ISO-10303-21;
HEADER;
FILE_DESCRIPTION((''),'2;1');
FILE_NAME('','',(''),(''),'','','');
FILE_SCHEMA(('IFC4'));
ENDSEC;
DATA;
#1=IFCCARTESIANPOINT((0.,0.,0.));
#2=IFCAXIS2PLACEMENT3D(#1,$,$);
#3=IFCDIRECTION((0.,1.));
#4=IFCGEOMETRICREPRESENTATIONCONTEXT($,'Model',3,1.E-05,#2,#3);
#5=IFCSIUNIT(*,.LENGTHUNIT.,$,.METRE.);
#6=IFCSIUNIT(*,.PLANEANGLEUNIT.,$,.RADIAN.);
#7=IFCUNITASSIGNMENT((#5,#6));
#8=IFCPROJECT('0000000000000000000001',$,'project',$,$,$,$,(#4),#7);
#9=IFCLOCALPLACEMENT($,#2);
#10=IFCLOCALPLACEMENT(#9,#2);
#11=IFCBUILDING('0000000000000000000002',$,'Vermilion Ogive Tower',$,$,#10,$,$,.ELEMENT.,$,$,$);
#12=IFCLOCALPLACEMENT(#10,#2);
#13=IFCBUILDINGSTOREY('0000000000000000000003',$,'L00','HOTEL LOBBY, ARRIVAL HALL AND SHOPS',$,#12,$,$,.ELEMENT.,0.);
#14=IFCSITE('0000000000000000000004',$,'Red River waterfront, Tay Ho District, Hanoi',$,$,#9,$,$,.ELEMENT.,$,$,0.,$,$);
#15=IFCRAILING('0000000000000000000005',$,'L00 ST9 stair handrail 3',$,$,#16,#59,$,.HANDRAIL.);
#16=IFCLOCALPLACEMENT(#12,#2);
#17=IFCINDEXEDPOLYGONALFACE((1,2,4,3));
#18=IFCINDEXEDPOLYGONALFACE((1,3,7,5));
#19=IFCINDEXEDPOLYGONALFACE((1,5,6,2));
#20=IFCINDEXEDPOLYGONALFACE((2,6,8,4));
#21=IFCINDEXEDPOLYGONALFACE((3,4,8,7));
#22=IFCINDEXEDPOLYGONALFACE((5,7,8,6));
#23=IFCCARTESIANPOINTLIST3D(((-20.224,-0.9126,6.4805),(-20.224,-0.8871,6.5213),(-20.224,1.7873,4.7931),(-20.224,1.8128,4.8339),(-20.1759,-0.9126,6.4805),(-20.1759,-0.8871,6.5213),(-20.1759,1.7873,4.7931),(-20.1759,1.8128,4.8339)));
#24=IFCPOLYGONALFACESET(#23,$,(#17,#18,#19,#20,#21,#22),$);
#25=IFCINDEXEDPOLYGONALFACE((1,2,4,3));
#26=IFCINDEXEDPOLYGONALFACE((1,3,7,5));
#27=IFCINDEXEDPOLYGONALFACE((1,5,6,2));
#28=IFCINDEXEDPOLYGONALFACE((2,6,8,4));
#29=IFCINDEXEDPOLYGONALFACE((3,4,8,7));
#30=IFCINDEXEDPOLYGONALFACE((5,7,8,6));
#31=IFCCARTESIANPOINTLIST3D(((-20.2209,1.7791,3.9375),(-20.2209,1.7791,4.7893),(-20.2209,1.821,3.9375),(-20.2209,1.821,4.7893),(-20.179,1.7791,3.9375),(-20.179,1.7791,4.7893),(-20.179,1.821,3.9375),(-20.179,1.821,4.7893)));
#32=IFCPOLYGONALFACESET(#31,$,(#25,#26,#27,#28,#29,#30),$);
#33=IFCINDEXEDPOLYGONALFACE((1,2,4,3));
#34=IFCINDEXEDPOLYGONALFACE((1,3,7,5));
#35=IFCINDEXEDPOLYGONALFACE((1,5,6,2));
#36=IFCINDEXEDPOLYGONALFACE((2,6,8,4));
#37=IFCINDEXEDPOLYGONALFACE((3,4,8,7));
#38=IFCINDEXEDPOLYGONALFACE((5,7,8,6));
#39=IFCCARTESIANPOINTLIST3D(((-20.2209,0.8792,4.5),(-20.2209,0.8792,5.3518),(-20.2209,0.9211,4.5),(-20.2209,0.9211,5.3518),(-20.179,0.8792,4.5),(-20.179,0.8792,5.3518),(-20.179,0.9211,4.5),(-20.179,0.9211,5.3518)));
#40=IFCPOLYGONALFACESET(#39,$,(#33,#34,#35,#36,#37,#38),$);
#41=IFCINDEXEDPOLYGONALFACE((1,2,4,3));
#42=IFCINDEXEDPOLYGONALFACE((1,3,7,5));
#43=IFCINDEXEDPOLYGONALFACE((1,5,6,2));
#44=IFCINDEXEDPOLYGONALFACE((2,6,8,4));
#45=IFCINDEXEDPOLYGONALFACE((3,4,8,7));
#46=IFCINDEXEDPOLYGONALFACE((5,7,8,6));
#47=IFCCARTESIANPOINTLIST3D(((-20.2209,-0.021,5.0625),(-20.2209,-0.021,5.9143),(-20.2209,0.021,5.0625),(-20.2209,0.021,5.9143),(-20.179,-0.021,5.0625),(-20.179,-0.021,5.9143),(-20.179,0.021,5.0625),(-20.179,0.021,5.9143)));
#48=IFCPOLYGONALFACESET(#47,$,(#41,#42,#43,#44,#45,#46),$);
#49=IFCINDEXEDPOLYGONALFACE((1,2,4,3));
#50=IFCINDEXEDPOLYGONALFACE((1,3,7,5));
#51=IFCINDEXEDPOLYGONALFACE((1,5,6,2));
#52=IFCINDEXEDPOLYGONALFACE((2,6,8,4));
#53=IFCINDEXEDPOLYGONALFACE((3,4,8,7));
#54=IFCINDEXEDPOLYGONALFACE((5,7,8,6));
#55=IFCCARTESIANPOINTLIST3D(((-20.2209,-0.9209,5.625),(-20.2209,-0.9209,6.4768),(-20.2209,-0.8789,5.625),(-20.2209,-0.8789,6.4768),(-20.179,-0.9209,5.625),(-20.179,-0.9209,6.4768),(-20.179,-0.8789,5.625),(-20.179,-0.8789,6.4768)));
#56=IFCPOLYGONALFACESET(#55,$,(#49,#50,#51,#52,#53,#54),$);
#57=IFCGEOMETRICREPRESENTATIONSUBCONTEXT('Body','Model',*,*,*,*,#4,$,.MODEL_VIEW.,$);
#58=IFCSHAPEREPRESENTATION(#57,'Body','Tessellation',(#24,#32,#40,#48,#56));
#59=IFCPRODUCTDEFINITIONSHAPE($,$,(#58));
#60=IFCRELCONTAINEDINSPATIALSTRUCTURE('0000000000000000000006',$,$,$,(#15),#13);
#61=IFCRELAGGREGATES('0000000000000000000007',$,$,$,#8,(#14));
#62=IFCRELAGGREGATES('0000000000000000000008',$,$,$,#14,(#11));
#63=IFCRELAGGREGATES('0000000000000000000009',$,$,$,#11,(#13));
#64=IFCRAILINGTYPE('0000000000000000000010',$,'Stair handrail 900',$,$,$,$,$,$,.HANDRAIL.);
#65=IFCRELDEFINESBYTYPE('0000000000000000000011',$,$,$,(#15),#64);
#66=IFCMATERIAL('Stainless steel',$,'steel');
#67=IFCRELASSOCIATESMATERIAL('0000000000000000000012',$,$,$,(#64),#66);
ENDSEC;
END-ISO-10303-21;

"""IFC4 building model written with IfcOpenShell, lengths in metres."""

from ifc_helpers import new_model, si_unit, direction, frame, origin, origin_2d, place, context, subcontext, project, spatial, rectangle, extrude, material, type_object, element, save


model = new_model("IFC4")

# Units and contexts
model_context = context("Model", 3, precision=1e-05, world=origin(), true_north=direction((0.0, 1.0)))
body_context = subcontext(model_context, "Body", "Model", "MODEL_VIEW")
ifc_project = project(units=[si_unit("LENGTHUNIT", "METRE"), si_unit("PLANEANGLEUNIT", "RADIAN")], contexts=[model_context])

# Site, building, storey
site_placement = place(None, origin())
site = spatial("IfcSite", under=ifc_project, at=site_placement, Name="Red River waterfront, Tay Ho District, Hanoi", CompositionType="ELEMENT", RefElevation=0.0)
building_placement = place(site_placement, origin())
building = spatial("IfcBuilding", under=site, at=building_placement, Name="Vermilion Ogive Tower", CompositionType="ELEMENT")
storey_placement = place(building_placement, origin())
storey = spatial("IfcBuildingStorey", under=building, at=storey_placement, Name="L00", Description="HOTEL LOBBY, ARRIVAL HALL AND SHOPS", CompositionType="ELEMENT", Elevation=0.0)

# Railing
ifc_material_1 = material(Name="Stainless steel", Category="steel")
railing_type_1 = type_object("IfcRailingType", Name="Stair handrail 900", PredefinedType="HANDRAIL", material=ifc_material_1)
for number, where, name in (
    (1, (-20.2, 1.8, 3.9375), "L00 ST9 stair handrail 3"),
):
    element("IfcRailing", number, at=place(storey_placement, frame(where)), inside=storey, type_object=railing_type_1, Name=name, PredefinedType="HANDRAIL", context=body_context, shape_type="SweptSolid", body=[
        extrude(rectangle(XDim=0.0481, YDim=0.0481, at=origin_2d()), frame((0.0, 0.0, 0.876), z_axis=(0.0, -0.847994, 0.530006), x_axis=(1.0, 0.0, 0.0)), (0.0, 0.0, 1.0), 3.1838),
        extrude(rectangle(XDim=0.042, YDim=0.042, at=origin_2d()), origin(), (0.0, 0.0, 1.0), 0.8518),
        extrude(rectangle(XDim=0.042, YDim=0.042, at=origin_2d()), frame((0.0, -0.8999, 0.5625)), (0.0, 0.0, 1.0), 0.8518),
        extrude(rectangle(XDim=0.042, YDim=0.042, at=origin_2d()), frame((0.0, -1.8, 1.125)), (0.0, 0.0, 1.0), 0.8518),
        extrude(rectangle(XDim=0.042, YDim=0.042, at=origin_2d()), frame((0.0, -2.7, 1.6875)), (0.0, 0.0, 1.0), 0.8518),
    ])

save(model, "model.ifc")
